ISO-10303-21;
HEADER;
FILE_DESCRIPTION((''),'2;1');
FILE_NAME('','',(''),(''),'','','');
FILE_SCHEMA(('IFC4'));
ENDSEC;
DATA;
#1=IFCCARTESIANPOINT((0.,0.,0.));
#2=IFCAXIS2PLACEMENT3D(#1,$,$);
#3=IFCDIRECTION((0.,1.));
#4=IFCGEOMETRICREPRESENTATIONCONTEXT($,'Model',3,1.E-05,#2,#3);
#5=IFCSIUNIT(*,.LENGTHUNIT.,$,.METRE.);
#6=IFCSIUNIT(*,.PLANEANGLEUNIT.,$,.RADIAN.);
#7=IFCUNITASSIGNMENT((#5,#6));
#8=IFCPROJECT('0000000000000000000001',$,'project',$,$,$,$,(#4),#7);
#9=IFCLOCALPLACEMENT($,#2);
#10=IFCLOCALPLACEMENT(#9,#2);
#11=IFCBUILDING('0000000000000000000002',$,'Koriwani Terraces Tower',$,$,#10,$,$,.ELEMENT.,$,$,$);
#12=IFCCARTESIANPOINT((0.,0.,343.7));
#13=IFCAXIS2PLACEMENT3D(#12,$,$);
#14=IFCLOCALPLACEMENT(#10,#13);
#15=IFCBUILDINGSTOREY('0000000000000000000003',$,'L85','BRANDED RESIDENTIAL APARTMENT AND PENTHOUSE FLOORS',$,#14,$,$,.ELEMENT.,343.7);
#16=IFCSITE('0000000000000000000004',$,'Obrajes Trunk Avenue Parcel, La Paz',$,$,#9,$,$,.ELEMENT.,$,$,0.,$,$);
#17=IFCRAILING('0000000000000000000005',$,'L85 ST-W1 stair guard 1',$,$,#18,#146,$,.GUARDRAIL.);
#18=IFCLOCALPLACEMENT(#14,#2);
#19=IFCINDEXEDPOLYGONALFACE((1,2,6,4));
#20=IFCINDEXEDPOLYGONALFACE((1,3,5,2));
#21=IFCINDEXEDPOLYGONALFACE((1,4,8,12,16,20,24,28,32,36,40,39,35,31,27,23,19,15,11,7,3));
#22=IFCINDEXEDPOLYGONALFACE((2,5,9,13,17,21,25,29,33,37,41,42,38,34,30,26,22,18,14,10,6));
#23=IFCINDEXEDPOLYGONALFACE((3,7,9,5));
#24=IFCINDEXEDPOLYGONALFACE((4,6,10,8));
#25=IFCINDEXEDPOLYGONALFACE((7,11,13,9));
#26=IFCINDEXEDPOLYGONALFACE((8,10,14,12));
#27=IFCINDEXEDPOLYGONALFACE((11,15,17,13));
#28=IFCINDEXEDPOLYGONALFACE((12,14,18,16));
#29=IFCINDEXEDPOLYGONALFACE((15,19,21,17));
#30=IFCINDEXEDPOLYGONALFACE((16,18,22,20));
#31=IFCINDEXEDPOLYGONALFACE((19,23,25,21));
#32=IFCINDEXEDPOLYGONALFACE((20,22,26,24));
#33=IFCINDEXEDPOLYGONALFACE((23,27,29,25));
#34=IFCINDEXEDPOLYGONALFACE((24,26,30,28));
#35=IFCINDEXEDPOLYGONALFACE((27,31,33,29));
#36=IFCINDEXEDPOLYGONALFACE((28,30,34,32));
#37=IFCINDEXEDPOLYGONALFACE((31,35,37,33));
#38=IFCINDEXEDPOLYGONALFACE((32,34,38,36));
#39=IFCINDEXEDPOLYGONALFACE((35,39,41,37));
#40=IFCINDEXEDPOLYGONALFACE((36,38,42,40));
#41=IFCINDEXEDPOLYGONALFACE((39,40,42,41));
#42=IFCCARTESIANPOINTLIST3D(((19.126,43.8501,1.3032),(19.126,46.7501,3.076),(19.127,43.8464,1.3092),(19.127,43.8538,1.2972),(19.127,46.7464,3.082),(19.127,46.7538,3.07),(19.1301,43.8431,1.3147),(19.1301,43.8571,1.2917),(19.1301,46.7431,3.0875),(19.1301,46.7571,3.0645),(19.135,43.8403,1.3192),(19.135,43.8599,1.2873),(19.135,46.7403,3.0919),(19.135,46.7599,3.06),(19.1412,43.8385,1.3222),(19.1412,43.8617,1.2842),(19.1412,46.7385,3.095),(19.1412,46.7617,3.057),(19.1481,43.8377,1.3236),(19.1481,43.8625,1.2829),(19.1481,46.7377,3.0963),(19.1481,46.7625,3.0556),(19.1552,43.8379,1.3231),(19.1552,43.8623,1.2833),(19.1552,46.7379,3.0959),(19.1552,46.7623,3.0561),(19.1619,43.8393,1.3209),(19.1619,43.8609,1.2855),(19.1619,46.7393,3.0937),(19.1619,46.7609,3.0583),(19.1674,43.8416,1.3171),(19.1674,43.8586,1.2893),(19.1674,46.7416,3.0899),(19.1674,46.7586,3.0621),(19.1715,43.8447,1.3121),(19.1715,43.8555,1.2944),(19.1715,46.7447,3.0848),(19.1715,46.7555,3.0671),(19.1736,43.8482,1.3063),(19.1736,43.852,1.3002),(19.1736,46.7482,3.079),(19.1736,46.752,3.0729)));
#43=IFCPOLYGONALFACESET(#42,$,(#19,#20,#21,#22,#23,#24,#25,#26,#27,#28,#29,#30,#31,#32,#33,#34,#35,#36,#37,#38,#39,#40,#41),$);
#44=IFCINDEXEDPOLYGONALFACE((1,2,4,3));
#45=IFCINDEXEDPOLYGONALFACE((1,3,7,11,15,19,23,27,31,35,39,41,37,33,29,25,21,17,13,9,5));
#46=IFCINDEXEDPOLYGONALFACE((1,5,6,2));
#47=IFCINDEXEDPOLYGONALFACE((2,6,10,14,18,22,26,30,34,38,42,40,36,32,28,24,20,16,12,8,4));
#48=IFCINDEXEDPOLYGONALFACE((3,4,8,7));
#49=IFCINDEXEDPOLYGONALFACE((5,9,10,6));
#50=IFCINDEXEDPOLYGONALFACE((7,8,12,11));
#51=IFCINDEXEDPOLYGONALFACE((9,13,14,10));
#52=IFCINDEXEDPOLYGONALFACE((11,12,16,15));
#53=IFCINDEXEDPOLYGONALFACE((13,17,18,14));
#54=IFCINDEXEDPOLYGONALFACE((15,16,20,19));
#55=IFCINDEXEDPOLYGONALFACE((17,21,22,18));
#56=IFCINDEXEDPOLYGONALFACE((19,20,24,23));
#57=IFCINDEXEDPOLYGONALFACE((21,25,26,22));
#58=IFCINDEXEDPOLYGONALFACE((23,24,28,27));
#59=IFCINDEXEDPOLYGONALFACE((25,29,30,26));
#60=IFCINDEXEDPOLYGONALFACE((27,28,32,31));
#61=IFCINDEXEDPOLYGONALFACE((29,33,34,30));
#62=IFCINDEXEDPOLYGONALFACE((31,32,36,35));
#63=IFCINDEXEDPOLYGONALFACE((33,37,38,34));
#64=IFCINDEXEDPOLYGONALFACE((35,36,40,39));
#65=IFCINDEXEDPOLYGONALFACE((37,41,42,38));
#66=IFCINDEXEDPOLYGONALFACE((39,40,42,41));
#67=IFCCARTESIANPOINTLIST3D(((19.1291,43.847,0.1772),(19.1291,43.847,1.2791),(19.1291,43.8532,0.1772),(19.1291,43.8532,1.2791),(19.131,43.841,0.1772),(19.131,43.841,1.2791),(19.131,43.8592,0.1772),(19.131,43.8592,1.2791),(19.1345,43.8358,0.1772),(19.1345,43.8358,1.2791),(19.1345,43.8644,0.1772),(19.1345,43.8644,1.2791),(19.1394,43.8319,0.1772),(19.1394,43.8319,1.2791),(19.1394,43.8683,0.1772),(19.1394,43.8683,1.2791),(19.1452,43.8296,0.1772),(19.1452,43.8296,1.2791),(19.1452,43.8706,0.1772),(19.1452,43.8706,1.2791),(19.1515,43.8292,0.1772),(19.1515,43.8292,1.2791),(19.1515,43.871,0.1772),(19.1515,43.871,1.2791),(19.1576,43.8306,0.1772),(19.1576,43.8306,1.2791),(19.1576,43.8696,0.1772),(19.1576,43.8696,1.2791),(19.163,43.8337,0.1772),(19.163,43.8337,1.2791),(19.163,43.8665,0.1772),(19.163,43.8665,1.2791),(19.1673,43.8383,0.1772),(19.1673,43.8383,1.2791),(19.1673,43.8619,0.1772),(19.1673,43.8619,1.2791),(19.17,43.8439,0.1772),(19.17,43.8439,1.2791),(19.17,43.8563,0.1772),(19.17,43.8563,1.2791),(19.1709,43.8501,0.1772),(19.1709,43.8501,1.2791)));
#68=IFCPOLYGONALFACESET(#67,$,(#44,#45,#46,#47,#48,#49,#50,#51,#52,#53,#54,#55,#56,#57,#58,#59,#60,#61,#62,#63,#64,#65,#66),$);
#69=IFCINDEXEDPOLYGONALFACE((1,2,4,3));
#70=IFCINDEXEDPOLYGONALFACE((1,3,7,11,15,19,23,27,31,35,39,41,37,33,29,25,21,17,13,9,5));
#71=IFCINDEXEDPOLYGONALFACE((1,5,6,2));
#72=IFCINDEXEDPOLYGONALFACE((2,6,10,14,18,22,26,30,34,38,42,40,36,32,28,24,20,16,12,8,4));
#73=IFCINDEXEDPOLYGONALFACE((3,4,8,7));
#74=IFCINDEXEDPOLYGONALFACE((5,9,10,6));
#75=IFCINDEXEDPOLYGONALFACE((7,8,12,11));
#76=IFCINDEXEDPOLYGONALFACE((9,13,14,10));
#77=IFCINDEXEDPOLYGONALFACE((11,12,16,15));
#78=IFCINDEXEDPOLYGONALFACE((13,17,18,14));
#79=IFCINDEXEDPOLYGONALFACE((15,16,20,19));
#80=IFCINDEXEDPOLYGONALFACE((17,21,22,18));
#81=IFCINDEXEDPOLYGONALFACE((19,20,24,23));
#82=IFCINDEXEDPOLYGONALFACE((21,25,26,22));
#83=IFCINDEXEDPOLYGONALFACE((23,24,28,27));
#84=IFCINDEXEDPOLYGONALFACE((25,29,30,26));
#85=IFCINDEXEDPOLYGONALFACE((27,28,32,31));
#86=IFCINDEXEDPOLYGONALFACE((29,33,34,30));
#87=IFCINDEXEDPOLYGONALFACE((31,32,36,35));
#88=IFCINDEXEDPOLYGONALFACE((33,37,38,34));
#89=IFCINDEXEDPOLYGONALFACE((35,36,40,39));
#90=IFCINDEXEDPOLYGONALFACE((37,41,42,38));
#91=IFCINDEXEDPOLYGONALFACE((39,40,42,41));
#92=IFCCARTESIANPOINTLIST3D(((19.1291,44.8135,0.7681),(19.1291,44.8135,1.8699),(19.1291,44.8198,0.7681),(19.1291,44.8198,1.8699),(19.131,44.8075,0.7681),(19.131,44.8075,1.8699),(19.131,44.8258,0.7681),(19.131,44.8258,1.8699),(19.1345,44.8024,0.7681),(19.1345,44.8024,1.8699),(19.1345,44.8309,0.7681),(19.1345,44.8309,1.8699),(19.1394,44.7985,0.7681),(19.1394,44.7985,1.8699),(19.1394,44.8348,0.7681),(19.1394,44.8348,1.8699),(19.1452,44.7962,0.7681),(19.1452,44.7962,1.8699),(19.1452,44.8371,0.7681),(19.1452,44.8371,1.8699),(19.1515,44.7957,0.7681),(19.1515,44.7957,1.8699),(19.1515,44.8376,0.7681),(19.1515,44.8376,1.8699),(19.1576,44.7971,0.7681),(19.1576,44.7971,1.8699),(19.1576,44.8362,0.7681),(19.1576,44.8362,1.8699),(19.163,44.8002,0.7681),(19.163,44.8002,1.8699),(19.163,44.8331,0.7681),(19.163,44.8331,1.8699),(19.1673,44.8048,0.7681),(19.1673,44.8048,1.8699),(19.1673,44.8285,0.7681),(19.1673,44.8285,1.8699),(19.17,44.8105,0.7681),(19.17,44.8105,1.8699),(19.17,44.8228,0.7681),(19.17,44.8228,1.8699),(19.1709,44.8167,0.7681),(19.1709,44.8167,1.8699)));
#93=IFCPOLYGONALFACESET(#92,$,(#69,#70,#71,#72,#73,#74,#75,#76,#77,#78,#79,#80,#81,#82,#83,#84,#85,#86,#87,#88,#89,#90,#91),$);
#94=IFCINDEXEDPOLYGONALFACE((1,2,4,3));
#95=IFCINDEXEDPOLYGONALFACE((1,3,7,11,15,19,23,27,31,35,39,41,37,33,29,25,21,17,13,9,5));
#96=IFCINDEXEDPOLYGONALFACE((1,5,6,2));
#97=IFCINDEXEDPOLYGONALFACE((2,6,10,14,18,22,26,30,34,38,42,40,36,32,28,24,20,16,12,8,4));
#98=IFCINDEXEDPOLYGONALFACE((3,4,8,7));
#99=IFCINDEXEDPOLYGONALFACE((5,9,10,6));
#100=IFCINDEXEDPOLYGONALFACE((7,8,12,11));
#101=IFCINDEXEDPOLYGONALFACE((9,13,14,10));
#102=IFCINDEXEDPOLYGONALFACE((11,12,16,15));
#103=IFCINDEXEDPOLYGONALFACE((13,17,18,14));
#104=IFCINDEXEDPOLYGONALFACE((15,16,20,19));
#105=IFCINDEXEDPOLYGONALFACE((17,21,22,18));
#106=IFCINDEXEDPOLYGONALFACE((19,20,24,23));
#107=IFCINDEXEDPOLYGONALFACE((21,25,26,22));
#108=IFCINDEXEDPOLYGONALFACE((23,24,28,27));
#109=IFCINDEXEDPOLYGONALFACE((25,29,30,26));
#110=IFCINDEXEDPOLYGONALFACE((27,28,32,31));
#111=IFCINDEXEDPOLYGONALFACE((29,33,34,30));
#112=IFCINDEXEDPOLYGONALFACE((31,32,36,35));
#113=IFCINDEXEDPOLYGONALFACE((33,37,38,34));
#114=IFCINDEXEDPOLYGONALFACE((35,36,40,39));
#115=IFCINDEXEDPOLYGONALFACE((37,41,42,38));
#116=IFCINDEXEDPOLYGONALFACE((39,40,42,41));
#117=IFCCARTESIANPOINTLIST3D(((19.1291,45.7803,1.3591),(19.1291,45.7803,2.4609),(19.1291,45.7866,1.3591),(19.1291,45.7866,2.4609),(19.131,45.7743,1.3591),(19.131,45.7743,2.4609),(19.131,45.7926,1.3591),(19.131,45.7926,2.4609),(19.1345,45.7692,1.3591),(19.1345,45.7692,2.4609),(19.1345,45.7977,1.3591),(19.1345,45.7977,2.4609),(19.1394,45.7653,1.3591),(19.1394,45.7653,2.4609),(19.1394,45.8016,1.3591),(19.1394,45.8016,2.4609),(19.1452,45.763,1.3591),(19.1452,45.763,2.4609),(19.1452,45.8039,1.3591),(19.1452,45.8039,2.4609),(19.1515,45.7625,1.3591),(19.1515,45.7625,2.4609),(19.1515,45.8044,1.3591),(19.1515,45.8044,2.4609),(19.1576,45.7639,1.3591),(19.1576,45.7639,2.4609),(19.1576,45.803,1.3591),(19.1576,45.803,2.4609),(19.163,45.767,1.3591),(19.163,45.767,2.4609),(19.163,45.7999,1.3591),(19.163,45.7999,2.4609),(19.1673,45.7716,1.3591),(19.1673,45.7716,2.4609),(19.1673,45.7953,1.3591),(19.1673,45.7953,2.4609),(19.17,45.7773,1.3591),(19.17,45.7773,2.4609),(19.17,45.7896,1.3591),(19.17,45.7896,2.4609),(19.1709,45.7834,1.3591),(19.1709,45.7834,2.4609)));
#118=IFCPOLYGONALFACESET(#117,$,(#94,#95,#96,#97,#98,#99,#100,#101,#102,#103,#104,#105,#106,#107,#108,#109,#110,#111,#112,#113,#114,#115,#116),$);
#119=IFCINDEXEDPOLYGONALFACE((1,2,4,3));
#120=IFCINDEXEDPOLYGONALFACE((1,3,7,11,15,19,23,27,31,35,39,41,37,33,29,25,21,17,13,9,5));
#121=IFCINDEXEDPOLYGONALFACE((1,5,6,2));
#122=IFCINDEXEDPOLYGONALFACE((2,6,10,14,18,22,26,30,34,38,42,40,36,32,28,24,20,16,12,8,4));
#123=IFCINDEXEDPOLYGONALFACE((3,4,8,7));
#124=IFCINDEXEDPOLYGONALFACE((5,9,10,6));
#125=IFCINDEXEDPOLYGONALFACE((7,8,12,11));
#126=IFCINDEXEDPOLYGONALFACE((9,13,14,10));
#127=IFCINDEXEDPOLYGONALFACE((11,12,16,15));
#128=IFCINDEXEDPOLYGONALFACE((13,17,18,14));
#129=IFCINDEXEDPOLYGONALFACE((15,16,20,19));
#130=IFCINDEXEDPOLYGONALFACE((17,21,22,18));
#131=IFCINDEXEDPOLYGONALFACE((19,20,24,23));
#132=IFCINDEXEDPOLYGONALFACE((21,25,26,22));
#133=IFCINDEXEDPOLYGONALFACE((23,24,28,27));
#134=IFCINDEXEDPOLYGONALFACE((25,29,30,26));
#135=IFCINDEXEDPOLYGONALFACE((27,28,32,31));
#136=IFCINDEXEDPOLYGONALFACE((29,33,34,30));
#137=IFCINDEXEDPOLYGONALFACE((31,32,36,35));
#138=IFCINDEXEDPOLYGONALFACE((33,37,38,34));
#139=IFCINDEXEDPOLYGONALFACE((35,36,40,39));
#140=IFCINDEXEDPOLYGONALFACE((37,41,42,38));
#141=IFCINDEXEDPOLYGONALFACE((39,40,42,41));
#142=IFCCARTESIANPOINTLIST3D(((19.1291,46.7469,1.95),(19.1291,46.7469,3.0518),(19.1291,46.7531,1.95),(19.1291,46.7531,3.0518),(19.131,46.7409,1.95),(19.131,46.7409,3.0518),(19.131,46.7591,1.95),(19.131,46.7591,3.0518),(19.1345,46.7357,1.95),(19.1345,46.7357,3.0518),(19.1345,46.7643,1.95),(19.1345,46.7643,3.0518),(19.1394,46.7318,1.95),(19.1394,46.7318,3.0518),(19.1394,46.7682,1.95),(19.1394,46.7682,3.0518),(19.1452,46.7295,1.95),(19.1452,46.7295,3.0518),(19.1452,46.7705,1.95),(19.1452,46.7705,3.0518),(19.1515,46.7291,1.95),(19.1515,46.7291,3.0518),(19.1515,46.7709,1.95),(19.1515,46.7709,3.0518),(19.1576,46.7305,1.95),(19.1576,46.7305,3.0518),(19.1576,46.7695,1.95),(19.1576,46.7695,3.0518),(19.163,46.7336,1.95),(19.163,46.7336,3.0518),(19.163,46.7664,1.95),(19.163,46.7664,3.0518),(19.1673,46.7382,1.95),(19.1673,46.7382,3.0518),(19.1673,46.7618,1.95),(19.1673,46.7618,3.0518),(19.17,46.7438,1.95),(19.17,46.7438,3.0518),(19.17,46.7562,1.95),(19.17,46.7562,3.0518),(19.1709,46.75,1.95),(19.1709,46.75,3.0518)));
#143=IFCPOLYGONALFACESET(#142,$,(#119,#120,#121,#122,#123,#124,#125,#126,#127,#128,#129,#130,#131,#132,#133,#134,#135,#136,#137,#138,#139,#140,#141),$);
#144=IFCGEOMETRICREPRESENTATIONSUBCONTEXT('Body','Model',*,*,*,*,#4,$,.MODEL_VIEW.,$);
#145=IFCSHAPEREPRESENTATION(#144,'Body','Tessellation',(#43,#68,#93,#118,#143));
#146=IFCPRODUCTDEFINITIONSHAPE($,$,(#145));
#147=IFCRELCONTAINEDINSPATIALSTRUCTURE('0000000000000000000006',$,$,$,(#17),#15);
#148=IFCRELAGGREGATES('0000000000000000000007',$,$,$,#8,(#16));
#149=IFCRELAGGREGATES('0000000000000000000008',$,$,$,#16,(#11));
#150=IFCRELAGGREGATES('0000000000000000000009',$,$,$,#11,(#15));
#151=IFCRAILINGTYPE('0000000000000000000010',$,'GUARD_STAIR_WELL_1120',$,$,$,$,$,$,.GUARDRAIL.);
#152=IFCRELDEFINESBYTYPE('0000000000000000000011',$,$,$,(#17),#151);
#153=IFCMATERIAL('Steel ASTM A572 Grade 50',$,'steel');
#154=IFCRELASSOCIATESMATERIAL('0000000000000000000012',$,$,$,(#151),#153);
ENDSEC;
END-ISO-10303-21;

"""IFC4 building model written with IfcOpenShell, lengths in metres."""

from ifc_helpers import new_model, si_unit, direction, frame, origin, origin_2d, place, context, subcontext, project, spatial, circle, extrude, material, type_object, element, save


model = new_model("IFC4")

# Units and contexts
model_context = context("Model", 3, precision=1e-05, world=origin(), true_north=direction((0.0, 1.0)))
body_context = subcontext(model_context, "Body", "Model", "MODEL_VIEW")
ifc_project = project(units=[si_unit("LENGTHUNIT", "METRE"), si_unit("PLANEANGLEUNIT", "RADIAN")], contexts=[model_context])

# Site, building, storey
site_placement = place(None, origin())
site = spatial("IfcSite", under=ifc_project, at=site_placement, Name="Obrajes Trunk Avenue Parcel, La Paz", CompositionType="ELEMENT", RefElevation=0.0)
building_placement = place(site_placement, origin())
building = spatial("IfcBuilding", under=site, at=building_placement, Name="Koriwani Terraces Tower", CompositionType="ELEMENT")
storey_placement = place(building_placement, frame((0.0, 0.0, 343.7)))
storey = spatial("IfcBuildingStorey", under=building, at=storey_placement, Name="L85", Description="BRANDED RESIDENTIAL APARTMENT AND PENTHOUSE FLOORS", CompositionType="ELEMENT", Elevation=343.7)

# Shared definitions
ifc_material_1 = material(Name="Steel ASTM A572 Grade 50", Category="steel")

# Railing
railing_type_1 = type_object("IfcRailingType", Name="GUARD_STAIR_WELL_1120", PredefinedType="GUARDRAIL", material=ifc_material_1)
railing_1_placement = place(storey_placement, frame((19.1499, 43.8501, 0.1772)))
element("IfcRailing", 1, at=railing_1_placement, inside=storey, type_object=railing_type_1, Name="L85 ST-W1 stair guard 1", PredefinedType="GUARDRAIL", context=body_context, shape_type="SweptSolid", body=[
    extrude(circle(Radius=0.0239, at=origin_2d()), frame((0.0, 0.0, 1.126), z_axis=(0.0, 0.853211, 0.521566), x_axis=(-1.0, 0.0, 0.0)), (0.0, 0.0, 1.0), 3.3989),
    extrude(circle(Radius=0.021, at=origin_2d()), origin(), (0.0, 0.0, 1.0), 1.1018),
    extrude(circle(Radius=0.021, at=origin_2d()), frame((0.0, 0.9666, 0.5908)), (0.0, 0.0, 1.0), 1.1018),
    extrude(circle(Radius=0.021, at=origin_2d()), frame((0.0, 1.9333, 1.1819)), (0.0, 0.0, 1.0), 1.1018),
    extrude(circle(Radius=0.021, at=origin_2d()), frame((0.0, 2.8999, 1.7727)), (0.0, 0.0, 1.0), 1.1018),
])

save(model, "model.ifc")
